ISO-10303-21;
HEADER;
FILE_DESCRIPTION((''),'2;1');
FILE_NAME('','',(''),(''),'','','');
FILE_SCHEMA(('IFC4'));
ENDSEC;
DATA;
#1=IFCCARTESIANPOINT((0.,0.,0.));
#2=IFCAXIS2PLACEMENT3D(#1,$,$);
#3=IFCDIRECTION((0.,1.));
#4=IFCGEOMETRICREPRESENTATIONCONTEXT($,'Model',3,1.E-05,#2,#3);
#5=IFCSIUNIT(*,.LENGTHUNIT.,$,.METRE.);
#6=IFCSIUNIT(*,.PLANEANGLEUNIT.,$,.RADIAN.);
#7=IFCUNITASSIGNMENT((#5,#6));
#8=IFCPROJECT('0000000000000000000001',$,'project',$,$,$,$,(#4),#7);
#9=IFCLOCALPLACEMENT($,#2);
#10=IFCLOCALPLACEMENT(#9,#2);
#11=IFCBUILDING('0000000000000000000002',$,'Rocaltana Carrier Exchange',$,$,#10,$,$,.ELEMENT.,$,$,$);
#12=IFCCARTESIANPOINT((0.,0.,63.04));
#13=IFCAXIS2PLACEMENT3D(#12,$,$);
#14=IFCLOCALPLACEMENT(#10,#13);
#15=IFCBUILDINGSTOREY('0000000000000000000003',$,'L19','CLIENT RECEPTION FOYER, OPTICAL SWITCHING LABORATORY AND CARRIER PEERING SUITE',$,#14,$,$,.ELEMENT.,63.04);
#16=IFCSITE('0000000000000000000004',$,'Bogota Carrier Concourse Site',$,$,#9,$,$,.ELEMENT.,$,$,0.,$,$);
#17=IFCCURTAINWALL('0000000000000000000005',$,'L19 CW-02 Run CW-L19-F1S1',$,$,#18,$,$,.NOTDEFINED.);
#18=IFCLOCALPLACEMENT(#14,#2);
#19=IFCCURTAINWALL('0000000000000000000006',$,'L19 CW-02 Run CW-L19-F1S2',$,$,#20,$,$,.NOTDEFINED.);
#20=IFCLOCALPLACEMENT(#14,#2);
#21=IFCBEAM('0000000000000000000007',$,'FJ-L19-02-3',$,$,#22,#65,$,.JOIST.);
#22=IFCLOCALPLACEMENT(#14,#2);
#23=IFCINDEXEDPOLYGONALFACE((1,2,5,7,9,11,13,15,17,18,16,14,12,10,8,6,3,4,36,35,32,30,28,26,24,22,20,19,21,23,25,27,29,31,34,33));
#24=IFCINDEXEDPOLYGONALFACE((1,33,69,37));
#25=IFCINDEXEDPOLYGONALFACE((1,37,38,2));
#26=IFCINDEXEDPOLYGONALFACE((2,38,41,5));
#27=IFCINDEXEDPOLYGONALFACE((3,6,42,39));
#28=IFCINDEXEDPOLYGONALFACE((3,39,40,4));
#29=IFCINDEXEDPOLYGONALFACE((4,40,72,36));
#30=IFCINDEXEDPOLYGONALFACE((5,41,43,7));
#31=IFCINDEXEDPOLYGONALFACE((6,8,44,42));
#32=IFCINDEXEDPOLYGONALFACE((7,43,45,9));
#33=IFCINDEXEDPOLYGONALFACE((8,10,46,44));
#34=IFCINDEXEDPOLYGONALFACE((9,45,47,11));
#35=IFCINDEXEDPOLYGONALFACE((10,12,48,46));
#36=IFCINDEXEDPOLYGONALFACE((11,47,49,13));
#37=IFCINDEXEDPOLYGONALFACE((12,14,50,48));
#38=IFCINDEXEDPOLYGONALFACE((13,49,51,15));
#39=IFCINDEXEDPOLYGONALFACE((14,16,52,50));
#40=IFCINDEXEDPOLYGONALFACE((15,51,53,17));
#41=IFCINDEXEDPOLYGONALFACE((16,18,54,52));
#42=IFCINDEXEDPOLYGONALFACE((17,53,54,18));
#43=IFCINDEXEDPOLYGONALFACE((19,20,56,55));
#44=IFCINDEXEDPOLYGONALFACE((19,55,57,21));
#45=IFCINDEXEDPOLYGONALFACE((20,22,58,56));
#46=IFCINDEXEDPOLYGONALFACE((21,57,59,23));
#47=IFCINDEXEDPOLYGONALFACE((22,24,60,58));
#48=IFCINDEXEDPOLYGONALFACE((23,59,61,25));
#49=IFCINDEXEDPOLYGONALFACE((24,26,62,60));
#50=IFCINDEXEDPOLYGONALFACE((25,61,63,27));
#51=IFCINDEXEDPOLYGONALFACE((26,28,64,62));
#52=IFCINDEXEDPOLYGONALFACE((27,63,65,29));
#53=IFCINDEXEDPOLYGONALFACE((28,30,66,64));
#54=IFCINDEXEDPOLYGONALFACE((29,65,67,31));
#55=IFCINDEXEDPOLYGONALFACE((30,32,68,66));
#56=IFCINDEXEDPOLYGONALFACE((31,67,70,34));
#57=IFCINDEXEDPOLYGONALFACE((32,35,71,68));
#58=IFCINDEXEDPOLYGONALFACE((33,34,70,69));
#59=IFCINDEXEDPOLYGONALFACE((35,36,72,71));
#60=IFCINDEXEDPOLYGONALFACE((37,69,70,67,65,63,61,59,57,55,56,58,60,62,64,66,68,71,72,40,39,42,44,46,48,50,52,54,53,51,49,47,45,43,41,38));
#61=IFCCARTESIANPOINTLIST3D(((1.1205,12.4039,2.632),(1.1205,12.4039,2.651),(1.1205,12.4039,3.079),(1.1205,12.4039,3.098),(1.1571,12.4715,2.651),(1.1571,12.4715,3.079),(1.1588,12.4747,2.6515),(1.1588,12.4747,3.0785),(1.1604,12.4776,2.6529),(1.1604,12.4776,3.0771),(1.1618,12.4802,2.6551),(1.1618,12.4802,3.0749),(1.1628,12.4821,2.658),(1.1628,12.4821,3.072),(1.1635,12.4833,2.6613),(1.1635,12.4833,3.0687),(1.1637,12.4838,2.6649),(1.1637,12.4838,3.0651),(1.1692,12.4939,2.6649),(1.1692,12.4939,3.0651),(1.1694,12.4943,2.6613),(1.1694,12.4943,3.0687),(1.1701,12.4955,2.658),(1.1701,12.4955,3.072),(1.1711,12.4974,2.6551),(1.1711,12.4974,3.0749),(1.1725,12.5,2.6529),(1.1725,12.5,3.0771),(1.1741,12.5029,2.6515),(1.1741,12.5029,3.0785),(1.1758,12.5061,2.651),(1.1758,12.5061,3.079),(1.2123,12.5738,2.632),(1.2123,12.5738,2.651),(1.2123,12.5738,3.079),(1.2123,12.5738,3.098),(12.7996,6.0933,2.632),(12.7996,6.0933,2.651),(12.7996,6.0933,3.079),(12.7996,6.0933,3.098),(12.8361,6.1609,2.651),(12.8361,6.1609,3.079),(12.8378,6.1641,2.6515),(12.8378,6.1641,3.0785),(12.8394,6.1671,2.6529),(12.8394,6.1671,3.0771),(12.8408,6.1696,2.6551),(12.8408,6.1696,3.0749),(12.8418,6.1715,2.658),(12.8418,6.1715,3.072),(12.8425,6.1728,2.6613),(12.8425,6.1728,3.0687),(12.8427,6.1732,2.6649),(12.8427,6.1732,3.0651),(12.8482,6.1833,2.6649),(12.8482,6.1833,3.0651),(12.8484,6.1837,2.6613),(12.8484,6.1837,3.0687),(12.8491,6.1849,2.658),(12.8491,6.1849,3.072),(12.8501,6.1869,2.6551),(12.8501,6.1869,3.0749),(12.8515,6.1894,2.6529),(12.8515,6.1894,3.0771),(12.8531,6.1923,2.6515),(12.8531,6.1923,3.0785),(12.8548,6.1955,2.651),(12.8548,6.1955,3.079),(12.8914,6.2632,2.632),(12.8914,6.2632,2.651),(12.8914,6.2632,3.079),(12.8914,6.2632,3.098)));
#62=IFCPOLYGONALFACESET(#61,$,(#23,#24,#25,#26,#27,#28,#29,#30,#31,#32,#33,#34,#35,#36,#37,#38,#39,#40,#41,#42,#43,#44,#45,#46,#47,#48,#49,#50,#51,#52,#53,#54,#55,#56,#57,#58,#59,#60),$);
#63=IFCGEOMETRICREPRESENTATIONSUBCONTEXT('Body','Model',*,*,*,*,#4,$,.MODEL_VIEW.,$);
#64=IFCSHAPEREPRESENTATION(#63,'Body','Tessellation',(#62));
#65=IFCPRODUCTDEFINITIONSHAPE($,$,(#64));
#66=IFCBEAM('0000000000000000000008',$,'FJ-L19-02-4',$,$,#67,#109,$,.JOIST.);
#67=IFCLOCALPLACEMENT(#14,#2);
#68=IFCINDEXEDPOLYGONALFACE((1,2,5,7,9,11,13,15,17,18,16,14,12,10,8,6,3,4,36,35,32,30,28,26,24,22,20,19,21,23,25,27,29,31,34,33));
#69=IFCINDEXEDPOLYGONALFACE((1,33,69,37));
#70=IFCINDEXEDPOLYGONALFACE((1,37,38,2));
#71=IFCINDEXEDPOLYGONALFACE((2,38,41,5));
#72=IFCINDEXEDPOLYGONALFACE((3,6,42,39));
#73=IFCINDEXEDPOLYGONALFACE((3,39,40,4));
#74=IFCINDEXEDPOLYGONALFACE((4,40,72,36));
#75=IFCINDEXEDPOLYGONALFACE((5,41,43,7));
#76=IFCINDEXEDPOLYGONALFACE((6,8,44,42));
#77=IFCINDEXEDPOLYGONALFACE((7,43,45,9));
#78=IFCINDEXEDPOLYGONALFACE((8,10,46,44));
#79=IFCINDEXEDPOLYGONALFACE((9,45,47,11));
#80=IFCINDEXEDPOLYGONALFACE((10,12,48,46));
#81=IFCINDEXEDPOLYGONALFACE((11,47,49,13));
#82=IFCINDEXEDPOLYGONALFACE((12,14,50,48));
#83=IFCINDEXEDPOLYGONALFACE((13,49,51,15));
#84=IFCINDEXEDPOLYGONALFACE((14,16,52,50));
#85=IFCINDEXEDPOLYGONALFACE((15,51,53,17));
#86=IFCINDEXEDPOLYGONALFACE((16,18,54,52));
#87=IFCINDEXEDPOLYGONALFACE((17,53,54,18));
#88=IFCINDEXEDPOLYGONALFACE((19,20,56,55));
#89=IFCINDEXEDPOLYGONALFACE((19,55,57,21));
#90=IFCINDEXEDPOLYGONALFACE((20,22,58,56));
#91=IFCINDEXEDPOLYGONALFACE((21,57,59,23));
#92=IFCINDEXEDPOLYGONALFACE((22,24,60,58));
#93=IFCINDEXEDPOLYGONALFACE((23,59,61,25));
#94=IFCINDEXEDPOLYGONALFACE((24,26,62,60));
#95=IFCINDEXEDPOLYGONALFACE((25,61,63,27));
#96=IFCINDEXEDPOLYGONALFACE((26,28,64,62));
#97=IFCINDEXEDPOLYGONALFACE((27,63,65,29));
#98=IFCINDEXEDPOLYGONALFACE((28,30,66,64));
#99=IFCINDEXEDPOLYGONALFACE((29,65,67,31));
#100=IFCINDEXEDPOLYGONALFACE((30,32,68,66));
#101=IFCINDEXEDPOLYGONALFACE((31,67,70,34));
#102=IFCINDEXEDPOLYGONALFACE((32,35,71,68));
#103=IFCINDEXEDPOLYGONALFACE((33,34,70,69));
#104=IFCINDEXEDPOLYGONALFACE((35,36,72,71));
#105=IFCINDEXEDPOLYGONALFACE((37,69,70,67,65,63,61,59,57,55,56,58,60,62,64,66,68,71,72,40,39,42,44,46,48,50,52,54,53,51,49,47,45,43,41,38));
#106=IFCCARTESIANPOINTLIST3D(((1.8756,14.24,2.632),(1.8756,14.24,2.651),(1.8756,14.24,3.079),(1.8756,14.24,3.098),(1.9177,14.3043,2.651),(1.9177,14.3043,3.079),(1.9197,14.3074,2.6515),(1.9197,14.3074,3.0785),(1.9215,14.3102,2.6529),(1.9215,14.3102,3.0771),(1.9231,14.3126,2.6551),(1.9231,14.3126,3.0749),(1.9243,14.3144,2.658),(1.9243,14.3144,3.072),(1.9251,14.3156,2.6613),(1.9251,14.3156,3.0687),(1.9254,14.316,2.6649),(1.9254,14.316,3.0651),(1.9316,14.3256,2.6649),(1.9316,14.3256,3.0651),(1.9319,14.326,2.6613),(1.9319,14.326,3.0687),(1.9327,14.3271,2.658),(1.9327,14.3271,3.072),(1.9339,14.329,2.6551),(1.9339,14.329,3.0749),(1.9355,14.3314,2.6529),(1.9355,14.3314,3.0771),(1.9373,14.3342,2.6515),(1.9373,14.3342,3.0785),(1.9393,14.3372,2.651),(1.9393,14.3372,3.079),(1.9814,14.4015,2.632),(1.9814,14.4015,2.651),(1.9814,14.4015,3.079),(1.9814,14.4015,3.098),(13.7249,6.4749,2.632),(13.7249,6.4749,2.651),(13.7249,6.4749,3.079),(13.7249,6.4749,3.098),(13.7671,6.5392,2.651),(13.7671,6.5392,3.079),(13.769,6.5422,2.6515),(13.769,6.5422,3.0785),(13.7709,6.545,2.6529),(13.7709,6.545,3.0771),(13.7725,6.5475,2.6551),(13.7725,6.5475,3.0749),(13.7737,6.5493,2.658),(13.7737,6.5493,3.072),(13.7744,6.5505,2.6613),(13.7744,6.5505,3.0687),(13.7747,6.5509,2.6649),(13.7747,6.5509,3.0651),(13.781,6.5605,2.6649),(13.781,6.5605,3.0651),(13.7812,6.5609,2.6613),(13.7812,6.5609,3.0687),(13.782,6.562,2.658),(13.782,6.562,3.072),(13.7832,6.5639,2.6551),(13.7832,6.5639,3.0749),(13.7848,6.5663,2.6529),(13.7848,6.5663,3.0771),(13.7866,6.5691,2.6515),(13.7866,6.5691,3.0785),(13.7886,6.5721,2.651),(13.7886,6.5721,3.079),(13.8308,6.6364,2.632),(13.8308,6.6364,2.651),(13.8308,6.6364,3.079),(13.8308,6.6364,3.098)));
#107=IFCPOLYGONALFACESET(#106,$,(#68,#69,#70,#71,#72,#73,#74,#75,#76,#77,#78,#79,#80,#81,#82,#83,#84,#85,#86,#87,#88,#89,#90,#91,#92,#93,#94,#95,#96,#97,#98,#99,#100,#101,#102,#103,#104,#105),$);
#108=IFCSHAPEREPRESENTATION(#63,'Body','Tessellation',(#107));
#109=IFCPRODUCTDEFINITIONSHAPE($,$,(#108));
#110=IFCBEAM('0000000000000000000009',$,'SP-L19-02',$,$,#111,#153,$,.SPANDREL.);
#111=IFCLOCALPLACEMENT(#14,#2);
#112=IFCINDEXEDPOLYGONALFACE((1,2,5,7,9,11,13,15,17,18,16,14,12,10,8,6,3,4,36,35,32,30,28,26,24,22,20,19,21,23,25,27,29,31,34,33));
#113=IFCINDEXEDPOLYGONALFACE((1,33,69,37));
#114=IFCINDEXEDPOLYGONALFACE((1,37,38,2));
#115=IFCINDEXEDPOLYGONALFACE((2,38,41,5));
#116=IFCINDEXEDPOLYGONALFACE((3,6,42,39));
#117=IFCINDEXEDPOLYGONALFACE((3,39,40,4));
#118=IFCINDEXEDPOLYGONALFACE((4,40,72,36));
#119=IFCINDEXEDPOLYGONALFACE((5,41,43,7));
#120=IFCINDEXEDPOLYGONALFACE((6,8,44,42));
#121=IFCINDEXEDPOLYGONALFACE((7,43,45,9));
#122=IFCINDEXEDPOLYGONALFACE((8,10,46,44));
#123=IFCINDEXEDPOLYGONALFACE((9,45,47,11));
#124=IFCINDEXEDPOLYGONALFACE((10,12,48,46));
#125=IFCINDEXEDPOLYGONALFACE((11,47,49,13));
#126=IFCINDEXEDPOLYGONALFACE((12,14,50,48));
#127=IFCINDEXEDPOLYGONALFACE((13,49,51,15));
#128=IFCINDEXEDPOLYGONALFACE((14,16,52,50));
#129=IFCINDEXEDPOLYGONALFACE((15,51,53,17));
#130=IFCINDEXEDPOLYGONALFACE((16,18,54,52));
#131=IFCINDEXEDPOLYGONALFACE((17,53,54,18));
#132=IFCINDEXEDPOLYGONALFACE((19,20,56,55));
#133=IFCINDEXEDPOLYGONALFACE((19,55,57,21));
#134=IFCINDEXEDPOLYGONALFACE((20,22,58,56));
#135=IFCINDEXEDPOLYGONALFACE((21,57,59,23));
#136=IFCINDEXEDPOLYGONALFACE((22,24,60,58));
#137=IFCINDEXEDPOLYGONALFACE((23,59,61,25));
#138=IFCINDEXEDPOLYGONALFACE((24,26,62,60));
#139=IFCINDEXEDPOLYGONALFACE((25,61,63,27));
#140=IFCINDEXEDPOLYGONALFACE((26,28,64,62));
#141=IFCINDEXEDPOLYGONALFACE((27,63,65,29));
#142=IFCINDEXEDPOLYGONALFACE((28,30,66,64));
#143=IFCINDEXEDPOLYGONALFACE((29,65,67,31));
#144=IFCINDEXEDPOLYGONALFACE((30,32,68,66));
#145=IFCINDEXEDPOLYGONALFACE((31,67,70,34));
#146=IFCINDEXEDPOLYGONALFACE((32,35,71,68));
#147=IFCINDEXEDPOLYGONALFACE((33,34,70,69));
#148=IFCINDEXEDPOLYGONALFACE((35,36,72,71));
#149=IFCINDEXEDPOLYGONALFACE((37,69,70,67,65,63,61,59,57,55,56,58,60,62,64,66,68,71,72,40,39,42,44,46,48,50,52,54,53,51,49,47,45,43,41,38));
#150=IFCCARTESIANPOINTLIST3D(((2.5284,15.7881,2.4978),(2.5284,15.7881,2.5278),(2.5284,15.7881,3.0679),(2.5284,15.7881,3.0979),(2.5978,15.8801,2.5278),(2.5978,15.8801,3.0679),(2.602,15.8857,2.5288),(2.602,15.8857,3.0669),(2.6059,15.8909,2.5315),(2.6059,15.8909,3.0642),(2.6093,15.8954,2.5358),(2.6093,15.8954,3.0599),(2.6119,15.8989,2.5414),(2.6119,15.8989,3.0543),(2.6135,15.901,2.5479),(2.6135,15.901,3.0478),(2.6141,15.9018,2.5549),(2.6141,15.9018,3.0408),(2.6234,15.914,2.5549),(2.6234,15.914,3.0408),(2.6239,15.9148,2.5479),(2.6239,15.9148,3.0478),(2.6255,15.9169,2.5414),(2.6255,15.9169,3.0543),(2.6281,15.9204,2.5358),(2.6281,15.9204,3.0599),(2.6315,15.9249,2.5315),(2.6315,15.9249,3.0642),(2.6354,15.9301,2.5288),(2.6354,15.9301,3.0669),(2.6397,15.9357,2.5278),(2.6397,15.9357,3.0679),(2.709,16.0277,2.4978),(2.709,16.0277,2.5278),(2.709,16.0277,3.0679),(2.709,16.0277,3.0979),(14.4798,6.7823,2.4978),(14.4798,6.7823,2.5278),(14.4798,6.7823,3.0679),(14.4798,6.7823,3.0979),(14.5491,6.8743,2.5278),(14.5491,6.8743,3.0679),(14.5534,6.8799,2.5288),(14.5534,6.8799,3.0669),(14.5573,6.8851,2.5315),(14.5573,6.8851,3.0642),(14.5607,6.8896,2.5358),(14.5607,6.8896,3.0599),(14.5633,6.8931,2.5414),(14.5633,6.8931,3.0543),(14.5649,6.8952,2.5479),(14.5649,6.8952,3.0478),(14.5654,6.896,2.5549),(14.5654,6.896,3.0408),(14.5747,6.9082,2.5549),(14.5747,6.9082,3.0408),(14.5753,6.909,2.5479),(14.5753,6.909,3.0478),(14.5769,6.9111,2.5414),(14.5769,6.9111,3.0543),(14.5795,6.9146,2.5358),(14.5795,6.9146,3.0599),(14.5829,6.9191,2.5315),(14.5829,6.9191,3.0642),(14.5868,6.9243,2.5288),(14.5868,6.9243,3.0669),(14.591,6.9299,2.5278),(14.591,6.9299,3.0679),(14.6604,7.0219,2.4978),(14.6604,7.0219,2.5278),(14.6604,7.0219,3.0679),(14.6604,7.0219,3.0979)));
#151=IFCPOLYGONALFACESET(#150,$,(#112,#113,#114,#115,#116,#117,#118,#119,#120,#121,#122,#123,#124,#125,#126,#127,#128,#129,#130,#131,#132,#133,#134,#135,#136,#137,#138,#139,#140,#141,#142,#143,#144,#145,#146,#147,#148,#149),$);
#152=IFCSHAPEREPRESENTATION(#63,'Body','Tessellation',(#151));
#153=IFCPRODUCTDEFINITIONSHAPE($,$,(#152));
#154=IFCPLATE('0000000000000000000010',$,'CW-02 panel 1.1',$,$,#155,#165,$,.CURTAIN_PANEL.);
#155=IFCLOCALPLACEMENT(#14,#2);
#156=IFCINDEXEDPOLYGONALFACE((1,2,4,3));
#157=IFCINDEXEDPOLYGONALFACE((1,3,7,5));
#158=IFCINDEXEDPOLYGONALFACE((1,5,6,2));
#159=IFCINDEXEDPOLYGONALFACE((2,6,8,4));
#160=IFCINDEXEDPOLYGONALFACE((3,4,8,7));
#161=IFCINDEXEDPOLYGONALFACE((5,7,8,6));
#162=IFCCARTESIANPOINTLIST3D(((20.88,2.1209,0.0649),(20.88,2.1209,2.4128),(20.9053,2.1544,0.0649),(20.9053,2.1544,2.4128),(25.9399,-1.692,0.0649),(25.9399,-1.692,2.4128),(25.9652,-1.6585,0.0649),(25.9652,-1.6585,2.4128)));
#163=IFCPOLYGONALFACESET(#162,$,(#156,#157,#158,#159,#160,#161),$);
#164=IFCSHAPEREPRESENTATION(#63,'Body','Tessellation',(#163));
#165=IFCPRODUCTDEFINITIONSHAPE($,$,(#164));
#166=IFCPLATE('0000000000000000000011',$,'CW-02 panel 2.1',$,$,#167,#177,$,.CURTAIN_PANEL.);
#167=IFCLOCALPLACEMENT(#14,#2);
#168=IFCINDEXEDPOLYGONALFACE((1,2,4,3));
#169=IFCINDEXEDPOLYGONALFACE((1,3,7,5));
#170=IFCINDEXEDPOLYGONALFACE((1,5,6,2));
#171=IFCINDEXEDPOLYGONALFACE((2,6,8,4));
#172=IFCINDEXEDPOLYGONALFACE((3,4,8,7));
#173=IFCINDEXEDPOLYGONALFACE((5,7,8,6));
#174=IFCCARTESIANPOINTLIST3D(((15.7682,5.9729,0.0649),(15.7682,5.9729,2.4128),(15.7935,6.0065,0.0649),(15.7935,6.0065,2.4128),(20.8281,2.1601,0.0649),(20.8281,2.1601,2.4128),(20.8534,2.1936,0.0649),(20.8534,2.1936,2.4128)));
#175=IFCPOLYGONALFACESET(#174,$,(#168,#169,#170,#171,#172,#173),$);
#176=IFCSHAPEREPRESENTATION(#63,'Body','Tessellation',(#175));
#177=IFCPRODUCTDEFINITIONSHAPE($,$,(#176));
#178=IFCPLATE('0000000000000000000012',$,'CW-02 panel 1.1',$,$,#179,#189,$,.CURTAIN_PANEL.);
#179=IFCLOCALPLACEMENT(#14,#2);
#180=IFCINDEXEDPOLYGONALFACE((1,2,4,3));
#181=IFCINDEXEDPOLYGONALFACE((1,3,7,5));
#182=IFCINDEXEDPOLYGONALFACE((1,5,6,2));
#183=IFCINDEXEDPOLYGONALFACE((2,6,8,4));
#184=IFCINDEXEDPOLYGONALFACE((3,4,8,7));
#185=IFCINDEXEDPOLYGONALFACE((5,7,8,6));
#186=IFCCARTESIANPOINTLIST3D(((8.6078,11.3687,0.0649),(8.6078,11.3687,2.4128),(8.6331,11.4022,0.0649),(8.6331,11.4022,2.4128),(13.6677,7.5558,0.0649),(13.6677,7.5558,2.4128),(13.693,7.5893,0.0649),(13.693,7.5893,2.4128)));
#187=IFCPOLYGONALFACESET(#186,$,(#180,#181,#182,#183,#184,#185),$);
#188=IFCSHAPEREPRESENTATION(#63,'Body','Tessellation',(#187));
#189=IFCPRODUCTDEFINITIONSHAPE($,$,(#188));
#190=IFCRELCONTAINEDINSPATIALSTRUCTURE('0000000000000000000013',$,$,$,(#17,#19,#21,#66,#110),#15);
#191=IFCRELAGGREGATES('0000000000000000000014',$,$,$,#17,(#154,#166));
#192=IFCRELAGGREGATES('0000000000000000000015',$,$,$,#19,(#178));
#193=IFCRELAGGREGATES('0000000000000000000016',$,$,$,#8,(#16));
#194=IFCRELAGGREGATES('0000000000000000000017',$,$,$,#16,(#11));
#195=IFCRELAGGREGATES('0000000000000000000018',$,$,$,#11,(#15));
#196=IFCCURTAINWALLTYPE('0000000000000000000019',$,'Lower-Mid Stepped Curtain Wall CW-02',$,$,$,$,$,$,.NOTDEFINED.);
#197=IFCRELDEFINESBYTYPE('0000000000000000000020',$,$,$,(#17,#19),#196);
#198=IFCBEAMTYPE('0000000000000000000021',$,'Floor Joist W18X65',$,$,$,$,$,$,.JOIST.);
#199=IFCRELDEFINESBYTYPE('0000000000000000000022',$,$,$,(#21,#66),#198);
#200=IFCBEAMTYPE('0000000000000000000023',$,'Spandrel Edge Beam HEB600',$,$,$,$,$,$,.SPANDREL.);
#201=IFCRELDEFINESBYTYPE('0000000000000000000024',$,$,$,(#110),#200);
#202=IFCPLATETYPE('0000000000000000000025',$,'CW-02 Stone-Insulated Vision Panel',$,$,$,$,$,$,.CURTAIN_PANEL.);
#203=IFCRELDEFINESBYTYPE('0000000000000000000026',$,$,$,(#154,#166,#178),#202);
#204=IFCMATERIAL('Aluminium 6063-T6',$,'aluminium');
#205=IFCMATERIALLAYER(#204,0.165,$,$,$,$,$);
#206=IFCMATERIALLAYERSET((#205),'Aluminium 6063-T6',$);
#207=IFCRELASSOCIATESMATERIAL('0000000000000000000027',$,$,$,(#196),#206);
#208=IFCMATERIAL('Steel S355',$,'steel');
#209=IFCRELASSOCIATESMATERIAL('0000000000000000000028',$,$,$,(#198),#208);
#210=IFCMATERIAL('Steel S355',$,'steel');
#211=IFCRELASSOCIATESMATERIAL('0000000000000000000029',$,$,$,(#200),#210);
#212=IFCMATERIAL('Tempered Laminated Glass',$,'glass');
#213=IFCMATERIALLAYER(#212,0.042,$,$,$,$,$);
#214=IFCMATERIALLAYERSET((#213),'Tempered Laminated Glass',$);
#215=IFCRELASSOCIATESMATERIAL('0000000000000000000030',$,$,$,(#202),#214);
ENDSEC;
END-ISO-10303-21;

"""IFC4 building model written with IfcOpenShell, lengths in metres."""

from ifc_helpers import new_model, si_unit, direction, frame, origin, origin_2d, place, context, subcontext, project, spatial, rectangle, i_section, extrude, material, layer, layer_set, material_profile, profile_set, type_object, element, aggregate, save


model = new_model("IFC4")

# Units and contexts
model_context = context("Model", 3, precision=1e-05, world=origin(), true_north=direction((0.0, 1.0)))
body_context = subcontext(model_context, "Body", "Model", "MODEL_VIEW")
ifc_project = project(units=[si_unit("LENGTHUNIT", "METRE"), si_unit("PLANEANGLEUNIT", "RADIAN")], contexts=[model_context])

# Site, building, storey
site_placement = place(None, origin())
site = spatial("IfcSite", under=ifc_project, at=site_placement, Name="Bogota Carrier Concourse Site", CompositionType="ELEMENT", RefElevation=0.0)
building_placement = place(site_placement, origin())
building = spatial("IfcBuilding", under=site, at=building_placement, Name="Rocaltana Carrier Exchange", CompositionType="ELEMENT")
storey_placement = place(building_placement, frame((0.0, 0.0, 63.04)))
storey = spatial("IfcBuildingStorey", under=building, at=storey_placement, Name="L19", Description="CLIENT RECEPTION FOYER, OPTICAL SWITCHING LABORATORY AND CARRIER PEERING SUITE", CompositionType="ELEMENT", Elevation=63.04)

# Curtain wall
ifc_material_1 = material(Name="Aluminium 6063-T6", Category="aluminium")
ifc_layer_1 = layer(ifc_material_1, 0.165)
ifc_layer_set_1 = layer_set([ifc_layer_1], Name="Aluminium 6063-T6")
curtain_wall_type = type_object("IfcCurtainWallType", Name="Lower-Mid Stepped Curtain Wall CW-02", PredefinedType="NOTDEFINED", material=ifc_layer_set_1)
curtain_wall_1_placement = place(storey_placement, origin())
curtain_wall_1 = element("IfcCurtainWall", 1, at=curtain_wall_1_placement, inside=storey, type_object=curtain_wall_type, Name="L19 CW-02 Run CW-L19-F1S1", PredefinedType="NOTDEFINED")

# Curtain wall
curtain_wall_2_placement = place(storey_placement, origin())
curtain_wall_2 = element("IfcCurtainWall", 2, at=curtain_wall_2_placement, inside=storey, type_object=curtain_wall_type, Name="L19 CW-02 Run CW-L19-F1S2", PredefinedType="NOTDEFINED")

# Beams
ifc_material_2 = material(Name="Steel S355", Category="steel")
ifc_material_profile_1 = material_profile(ifc_material_2, i_section(OverallWidth=0.1931, OverallDepth=0.4661, WebThickness=0.0115, FlangeThickness=0.019, FilletRadius=0.0139, at=origin_2d()), Name="W18X65")
ifc_profile_set_1 = profile_set([ifc_material_profile_1], Name="Steel S355")
beam_type_1 = type_object("IfcBeamType", Name="Floor Joist W18X65", PredefinedType="JOIST", material=ifc_profile_set_1)
beam_1_placement = place(storey_placement, frame((12.8455, 6.1782, 2.865), z_axis=(-0.879782, 0.475377, 0.0), x_axis=(-0.475377, -0.879782, 0.0)))
element("IfcBeam", 3, at=beam_1_placement, inside=storey, type_object=beam_type_1, Name="FJ-L19-02-3", PredefinedType="JOIST", context=body_context, shape_type="SweptSolid", body=[
    extrude(i_section(OverallWidth=0.1931, OverallDepth=0.4661, WebThickness=0.0115, FlangeThickness=0.019, FilletRadius=0.0139, at=origin_2d()), origin(), (0.0, 0.0, 1.0), 13.2749),
])
beam_2_placement = place(storey_placement, frame((13.7778, 6.5557, 2.865), z_axis=(-0.836404, 0.548113, 0.0), x_axis=(-0.548113, -0.836404, 0.0)))
element("IfcBeam", 4, at=beam_2_placement, inside=storey, type_object=beam_type_1, Name="FJ-L19-02-4", PredefinedType="JOIST", context=body_context, shape_type="SweptSolid", body=[
    extrude(i_section(OverallWidth=0.1931, OverallDepth=0.4661, WebThickness=0.0115, FlangeThickness=0.019, FilletRadius=0.0139, at=origin_2d()), origin(), (0.0, 0.0, 1.0), 14.167),
])
ifc_material_3 = material(Name="Steel S355", Category="steel")
ifc_material_profile_2 = material_profile(ifc_material_3, i_section(OverallWidth=0.3, OverallDepth=0.6001, WebThickness=0.0154, FlangeThickness=0.03, FilletRadius=0.0271, at=origin_2d()), Name="HEB600")
ifc_profile_set_2 = profile_set([ifc_material_profile_2], Name="Steel S355")
beam_type_2 = type_object("IfcBeamType", Name="Spandrel Edge Beam HEB600", PredefinedType="SPANDREL", material=ifc_profile_set_2)
beam_3_placement = place(storey_placement, frame((14.5701, 6.9021, 2.7979), z_axis=(-0.798641, 0.601807, 0.0), x_axis=(-0.601807, -0.798641, 0.0)))
element("IfcBeam", 5, at=beam_3_placement, inside=storey, type_object=beam_type_2, Name="SP-L19-02", PredefinedType="SPANDREL", context=body_context, shape_type="SweptSolid", body=[
    extrude(i_section(OverallWidth=0.3, OverallDepth=0.6001, WebThickness=0.0154, FlangeThickness=0.03, FilletRadius=0.0271, at=origin_2d()), origin(), (0.0, 0.0, 1.0), 14.9646),
])

# Plates
ifc_material_4 = material(Name="Tempered Laminated Glass", Category="glass")
ifc_layer_2 = layer(ifc_material_4, 0.042)
ifc_layer_set_2 = layer_set([ifc_layer_2], Name="Tempered Laminated Glass")
plate_type = type_object("IfcPlateType", Name="CW-02 Stone-Insulated Vision Panel", PredefinedType="CURTAIN_PANEL", material=ifc_layer_set_2)
plate_1_placement = place(storey_placement, frame((23.4226, 0.2312, 0.0649), z_axis=(0.0, 0.0, 1.0), x_axis=(-0.798642, 0.601807, 0.0)))
plate_1 = element("IfcPlate", 6, at=plate_1_placement, type_object=plate_type, Name="CW-02 panel 1.1", PredefinedType="CURTAIN_PANEL", context=body_context, shape_type="SweptSolid", body=[
    extrude(rectangle(XDim=6.3357, YDim=0.042, at=origin_2d()), origin(), (0.0, 0.0, 1.0), 2.3479),
])
plate_2_placement = place(storey_placement, frame((18.3108, 4.0833, 0.0649), z_axis=(0.0, 0.0, 1.0), x_axis=(-0.798642, 0.601807, 0.0)))
plate_2 = element("IfcPlate", 7, at=plate_2_placement, type_object=plate_type, Name="CW-02 panel 2.1", PredefinedType="CURTAIN_PANEL", context=body_context, shape_type="SweptSolid", body=[
    extrude(rectangle(XDim=6.3357, YDim=0.042, at=origin_2d()), origin(), (0.0, 0.0, 1.0), 2.3479),
])
aggregate(curtain_wall_1, [plate_1, plate_2])
plate_3_placement = place(storey_placement, frame((11.1504, 9.479, 0.0649), z_axis=(0.0, 0.0, 1.0), x_axis=(-0.798635, 0.601815, 0.0)))
plate_3 = element("IfcPlate", 8, at=plate_3_placement, type_object=plate_type, Name="CW-02 panel 1.1", PredefinedType="CURTAIN_PANEL", context=body_context, shape_type="SweptSolid", body=[
    extrude(rectangle(XDim=6.3357, YDim=0.042, at=origin_2d()), origin(), (0.0, 0.0, 1.0), 2.3479),
])
aggregate(curtain_wall_2, [plate_3])

save(model, "model.ifc")
